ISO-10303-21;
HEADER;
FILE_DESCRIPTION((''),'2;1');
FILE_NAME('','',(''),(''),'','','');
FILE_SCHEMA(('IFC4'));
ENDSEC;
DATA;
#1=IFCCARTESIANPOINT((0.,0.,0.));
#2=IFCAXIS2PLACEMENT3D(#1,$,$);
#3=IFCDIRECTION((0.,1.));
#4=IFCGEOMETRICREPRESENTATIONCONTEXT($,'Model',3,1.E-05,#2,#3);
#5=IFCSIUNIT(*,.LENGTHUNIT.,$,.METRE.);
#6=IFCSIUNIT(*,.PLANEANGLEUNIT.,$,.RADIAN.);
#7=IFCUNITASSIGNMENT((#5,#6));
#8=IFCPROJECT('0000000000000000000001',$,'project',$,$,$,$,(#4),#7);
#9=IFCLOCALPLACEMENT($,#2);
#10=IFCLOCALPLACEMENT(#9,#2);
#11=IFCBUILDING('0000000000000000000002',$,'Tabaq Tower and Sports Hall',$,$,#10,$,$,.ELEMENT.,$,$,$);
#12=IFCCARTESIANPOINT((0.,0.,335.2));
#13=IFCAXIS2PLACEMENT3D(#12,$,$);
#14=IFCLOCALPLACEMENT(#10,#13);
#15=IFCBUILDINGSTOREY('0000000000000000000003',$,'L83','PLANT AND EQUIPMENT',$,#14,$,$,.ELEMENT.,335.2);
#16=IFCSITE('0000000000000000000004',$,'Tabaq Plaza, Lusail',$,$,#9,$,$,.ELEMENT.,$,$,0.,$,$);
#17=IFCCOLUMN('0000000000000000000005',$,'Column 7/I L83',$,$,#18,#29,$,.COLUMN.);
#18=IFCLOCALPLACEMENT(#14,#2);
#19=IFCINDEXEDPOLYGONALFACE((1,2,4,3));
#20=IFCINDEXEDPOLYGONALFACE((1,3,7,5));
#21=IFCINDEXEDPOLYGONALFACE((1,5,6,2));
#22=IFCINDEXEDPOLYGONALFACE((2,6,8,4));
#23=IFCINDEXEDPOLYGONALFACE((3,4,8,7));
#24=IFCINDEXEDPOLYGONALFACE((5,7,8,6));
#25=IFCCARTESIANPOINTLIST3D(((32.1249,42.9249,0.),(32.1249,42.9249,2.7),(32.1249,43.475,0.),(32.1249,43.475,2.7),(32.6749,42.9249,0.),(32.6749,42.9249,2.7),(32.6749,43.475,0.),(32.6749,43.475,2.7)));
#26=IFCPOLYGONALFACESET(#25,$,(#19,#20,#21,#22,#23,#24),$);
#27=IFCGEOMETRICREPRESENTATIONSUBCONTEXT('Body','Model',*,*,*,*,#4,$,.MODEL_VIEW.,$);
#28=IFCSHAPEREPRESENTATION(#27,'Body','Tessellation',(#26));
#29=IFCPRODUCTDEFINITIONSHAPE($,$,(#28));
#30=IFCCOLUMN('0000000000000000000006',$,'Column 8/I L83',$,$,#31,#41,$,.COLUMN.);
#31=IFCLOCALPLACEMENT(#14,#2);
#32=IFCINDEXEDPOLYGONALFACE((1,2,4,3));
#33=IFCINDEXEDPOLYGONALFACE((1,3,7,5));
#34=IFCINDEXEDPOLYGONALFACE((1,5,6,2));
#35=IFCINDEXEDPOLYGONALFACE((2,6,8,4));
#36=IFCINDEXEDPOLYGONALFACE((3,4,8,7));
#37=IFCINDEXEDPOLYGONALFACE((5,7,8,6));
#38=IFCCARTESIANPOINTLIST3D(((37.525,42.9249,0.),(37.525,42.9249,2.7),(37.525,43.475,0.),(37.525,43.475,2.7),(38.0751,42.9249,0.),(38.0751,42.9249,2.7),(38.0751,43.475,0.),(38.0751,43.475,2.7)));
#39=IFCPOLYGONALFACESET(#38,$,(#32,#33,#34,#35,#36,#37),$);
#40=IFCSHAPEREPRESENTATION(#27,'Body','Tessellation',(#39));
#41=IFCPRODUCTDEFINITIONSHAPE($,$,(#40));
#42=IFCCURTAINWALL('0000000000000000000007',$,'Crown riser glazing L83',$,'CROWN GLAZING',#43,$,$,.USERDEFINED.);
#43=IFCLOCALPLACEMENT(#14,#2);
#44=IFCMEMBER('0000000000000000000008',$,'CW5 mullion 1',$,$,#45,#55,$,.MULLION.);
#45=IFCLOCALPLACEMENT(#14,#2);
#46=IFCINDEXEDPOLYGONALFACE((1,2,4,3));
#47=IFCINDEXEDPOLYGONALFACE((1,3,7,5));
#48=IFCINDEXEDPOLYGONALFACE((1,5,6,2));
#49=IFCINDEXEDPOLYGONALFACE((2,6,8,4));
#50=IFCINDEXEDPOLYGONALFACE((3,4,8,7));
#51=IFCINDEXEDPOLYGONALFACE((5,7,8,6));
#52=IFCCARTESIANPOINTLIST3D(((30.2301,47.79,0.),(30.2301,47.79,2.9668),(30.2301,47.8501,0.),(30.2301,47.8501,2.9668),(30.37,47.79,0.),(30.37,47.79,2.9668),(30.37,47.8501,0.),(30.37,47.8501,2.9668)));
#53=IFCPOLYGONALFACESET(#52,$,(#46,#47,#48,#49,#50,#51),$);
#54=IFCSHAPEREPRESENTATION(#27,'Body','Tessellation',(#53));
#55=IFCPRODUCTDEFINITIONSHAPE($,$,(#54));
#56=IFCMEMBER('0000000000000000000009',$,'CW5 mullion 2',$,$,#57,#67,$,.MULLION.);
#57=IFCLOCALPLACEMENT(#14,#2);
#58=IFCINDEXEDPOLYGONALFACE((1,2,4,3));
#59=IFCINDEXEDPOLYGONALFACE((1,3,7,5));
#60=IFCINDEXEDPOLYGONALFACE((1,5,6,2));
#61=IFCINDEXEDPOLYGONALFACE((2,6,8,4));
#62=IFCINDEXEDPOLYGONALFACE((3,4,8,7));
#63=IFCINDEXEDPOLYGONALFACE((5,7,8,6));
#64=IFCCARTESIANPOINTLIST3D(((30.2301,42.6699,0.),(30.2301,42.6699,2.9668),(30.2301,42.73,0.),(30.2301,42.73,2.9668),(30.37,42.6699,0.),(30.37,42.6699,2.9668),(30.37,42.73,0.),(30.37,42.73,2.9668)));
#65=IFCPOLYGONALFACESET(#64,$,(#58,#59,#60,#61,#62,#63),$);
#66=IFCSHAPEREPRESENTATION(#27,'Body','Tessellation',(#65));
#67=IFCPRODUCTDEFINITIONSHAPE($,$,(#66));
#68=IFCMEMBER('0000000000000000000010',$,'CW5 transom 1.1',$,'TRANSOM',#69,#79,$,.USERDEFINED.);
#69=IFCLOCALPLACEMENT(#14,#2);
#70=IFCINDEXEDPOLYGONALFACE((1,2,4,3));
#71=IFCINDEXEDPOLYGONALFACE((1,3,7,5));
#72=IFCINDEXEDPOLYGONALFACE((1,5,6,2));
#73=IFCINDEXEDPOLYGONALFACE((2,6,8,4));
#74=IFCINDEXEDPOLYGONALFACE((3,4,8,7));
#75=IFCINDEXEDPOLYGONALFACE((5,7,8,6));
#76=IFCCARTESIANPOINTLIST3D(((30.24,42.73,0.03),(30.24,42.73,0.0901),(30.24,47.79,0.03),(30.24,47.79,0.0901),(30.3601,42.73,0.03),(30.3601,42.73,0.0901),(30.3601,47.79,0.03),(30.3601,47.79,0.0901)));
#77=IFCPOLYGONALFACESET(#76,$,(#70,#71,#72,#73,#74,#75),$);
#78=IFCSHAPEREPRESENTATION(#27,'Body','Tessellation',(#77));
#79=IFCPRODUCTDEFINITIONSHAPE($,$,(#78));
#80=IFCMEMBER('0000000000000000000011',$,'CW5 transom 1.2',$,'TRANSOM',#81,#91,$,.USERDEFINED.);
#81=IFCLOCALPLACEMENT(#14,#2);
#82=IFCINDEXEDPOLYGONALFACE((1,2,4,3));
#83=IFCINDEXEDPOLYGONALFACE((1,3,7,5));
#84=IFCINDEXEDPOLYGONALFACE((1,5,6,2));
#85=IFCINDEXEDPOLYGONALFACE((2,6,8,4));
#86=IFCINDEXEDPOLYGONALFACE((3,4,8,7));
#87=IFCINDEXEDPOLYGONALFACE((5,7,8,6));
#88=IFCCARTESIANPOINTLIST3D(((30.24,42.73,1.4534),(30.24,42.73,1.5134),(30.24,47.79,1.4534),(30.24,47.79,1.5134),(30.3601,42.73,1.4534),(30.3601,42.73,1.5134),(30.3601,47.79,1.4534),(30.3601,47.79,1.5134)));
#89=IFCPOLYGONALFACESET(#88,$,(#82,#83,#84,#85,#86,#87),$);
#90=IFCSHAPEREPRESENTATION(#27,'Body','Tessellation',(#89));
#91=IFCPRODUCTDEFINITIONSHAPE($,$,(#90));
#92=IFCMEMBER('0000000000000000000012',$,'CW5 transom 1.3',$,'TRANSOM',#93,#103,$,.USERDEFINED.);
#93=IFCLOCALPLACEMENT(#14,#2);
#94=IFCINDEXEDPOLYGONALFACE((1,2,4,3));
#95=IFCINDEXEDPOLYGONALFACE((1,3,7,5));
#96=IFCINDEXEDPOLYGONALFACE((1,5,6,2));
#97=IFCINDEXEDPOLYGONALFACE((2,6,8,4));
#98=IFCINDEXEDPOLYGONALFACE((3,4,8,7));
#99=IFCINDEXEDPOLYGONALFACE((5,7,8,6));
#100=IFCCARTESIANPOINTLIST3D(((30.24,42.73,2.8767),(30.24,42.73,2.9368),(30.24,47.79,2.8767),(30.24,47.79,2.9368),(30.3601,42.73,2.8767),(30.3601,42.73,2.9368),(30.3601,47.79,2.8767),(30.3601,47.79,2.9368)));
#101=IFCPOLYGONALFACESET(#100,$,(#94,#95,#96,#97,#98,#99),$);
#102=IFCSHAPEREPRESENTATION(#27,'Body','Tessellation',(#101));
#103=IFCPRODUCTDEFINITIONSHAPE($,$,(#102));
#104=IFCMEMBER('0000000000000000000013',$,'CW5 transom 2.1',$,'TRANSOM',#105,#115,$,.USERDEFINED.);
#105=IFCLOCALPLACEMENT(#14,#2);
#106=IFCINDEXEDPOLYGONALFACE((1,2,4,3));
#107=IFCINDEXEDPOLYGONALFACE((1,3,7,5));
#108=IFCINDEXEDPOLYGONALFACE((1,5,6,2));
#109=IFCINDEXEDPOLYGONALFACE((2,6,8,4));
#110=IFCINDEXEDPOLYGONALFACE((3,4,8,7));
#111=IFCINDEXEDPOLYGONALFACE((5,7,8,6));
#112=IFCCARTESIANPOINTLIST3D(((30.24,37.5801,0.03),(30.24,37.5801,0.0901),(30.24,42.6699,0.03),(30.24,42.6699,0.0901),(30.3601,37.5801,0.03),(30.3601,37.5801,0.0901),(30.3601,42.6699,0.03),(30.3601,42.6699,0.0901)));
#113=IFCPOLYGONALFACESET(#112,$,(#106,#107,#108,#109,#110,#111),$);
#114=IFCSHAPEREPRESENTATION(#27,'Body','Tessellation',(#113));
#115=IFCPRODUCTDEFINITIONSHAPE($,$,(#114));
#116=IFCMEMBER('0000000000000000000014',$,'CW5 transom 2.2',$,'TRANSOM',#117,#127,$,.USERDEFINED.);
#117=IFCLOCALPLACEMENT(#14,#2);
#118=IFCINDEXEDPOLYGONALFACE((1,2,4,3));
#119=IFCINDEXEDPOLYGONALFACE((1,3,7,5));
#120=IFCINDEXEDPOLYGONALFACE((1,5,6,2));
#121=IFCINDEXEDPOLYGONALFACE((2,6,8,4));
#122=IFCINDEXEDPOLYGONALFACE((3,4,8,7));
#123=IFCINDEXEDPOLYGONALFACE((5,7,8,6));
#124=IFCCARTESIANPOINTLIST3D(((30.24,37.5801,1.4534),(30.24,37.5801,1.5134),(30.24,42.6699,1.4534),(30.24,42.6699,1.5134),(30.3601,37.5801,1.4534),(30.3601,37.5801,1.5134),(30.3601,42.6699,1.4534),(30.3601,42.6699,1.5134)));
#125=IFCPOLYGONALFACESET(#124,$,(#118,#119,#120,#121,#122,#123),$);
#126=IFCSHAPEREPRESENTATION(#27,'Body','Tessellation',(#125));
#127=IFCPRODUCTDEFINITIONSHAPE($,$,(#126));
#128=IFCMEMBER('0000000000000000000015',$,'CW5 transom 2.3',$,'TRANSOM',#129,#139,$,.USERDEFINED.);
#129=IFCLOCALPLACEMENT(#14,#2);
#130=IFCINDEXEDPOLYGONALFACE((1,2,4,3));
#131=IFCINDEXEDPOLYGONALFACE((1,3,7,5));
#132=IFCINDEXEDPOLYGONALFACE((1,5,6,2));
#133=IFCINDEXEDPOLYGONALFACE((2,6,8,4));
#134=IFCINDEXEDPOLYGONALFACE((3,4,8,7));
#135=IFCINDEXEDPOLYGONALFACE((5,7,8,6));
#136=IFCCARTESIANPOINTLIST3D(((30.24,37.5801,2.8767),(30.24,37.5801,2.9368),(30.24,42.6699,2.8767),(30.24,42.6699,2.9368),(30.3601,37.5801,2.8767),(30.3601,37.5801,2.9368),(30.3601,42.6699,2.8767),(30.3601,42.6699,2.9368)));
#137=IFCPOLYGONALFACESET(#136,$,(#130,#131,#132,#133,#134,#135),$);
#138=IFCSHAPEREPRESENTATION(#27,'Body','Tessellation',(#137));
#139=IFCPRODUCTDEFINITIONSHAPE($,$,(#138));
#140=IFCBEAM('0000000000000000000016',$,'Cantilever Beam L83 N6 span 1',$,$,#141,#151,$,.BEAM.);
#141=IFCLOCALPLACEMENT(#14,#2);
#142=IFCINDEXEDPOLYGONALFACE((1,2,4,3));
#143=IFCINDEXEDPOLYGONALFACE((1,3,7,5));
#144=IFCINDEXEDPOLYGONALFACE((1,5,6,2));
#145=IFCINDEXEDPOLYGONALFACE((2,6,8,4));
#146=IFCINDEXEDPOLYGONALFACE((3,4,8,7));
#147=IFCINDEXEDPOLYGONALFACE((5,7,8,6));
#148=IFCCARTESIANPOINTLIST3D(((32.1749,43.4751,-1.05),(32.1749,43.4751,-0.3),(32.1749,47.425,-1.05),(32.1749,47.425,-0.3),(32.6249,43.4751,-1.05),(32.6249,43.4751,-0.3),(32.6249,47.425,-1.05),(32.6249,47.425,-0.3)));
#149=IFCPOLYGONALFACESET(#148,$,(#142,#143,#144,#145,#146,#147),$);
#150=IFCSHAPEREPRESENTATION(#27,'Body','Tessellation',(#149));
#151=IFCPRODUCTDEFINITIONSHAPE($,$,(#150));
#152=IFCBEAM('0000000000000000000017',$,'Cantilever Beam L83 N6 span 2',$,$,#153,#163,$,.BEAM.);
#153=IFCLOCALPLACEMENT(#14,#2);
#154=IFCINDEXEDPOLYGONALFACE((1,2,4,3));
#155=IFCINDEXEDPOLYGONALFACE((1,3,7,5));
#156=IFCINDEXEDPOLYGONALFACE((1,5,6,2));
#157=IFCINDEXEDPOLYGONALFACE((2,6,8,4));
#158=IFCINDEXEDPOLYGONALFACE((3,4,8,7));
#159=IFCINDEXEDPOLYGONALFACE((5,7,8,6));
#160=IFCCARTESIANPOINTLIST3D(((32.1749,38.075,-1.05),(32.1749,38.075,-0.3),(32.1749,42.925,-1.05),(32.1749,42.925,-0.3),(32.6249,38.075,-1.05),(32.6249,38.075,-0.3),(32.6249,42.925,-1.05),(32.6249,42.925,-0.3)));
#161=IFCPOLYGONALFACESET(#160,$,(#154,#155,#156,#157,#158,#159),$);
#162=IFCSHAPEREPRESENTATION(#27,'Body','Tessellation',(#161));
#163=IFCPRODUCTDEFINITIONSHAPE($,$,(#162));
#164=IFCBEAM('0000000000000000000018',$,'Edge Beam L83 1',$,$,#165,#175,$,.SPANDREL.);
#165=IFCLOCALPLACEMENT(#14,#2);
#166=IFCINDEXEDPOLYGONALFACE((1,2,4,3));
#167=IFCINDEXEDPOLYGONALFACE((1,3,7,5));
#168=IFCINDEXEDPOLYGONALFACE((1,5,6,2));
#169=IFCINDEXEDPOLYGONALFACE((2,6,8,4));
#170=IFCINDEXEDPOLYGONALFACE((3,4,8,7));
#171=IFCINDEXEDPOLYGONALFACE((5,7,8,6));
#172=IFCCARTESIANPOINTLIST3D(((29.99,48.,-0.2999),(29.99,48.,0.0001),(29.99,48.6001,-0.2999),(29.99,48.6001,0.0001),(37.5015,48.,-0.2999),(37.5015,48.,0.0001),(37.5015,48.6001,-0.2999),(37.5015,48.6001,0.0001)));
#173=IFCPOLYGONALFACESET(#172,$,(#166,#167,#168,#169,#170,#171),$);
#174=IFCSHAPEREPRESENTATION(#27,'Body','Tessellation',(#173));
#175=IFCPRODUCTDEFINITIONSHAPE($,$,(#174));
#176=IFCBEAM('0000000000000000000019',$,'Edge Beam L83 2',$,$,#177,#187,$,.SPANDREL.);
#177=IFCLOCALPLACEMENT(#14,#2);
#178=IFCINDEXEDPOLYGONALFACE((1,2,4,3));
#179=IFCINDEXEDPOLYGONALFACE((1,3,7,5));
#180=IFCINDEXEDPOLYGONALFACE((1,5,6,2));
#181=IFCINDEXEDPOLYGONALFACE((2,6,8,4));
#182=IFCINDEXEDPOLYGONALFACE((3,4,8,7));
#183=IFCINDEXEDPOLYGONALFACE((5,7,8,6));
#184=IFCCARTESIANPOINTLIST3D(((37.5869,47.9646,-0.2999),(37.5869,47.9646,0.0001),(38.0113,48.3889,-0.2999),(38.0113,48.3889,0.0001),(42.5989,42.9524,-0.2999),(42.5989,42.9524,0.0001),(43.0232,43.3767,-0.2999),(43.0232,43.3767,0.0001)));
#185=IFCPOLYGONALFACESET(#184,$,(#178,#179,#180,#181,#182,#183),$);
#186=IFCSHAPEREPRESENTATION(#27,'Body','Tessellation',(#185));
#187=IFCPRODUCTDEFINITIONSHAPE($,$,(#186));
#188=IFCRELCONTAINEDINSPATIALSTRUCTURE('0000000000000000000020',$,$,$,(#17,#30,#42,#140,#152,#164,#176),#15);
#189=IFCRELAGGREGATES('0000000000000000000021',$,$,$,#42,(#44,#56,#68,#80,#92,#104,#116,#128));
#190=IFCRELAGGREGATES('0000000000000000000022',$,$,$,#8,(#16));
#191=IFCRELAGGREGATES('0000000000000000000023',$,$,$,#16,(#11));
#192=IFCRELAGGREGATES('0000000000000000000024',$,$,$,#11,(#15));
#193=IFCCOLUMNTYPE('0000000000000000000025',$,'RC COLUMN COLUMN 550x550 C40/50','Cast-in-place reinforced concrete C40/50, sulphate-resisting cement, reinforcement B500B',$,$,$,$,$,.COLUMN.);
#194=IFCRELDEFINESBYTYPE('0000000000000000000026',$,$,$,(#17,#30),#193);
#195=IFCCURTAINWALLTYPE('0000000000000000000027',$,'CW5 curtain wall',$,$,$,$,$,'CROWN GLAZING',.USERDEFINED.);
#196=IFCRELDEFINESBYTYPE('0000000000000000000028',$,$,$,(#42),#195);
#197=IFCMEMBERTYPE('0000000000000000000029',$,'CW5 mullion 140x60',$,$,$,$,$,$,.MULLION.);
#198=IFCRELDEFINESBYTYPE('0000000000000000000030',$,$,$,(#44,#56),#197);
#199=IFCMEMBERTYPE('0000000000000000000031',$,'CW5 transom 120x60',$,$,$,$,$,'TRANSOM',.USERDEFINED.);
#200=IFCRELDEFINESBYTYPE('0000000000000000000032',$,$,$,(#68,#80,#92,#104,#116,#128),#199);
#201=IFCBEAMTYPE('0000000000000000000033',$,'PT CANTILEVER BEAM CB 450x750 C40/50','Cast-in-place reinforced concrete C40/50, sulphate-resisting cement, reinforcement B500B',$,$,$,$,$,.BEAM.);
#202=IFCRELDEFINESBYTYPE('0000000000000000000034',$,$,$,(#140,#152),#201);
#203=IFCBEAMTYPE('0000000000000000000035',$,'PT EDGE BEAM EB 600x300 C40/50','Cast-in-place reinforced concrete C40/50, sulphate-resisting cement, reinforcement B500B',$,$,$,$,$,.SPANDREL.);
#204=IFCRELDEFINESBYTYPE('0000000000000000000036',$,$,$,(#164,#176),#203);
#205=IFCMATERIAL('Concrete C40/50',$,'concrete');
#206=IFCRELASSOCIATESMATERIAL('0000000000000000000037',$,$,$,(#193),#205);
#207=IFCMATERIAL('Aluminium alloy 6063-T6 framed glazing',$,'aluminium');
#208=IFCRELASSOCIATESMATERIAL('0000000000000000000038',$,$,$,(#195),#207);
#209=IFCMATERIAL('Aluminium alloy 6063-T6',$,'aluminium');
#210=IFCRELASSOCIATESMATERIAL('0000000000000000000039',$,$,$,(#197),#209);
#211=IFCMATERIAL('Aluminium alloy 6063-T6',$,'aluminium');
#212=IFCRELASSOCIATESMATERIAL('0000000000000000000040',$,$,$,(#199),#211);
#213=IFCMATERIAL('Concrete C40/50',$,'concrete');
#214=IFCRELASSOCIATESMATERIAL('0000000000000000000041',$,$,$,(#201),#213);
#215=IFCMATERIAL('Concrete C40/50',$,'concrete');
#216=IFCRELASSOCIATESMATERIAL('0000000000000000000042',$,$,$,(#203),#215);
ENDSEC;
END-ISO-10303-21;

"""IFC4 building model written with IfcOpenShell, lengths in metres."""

from ifc_helpers import new_model, si_unit, direction, frame, origin, origin_2d, place, context, subcontext, project, spatial, rectangle, extrude, material, material_profile, profile_set, type_object, element, aggregate, save


model = new_model("IFC4")

# Units and contexts
model_context = context("Model", 3, precision=1e-05, world=origin(), true_north=direction((0.0, 1.0)))
body_context = subcontext(model_context, "Body", "Model", "MODEL_VIEW")
ifc_project = project(units=[si_unit("LENGTHUNIT", "METRE"), si_unit("PLANEANGLEUNIT", "RADIAN")], contexts=[model_context])

# Site, building, storey
site_placement = place(None, origin())
site = spatial("IfcSite", under=ifc_project, at=site_placement, Name="Tabaq Plaza, Lusail", CompositionType="ELEMENT", RefElevation=0.0)
building_placement = place(site_placement, origin())
building = spatial("IfcBuilding", under=site, at=building_placement, Name="Tabaq Tower and Sports Hall", CompositionType="ELEMENT")
storey_placement = place(building_placement, frame((0.0, 0.0, 335.2)))
storey = spatial("IfcBuildingStorey", under=building, at=storey_placement, Name="L83", Description="PLANT AND EQUIPMENT", CompositionType="ELEMENT", Elevation=335.2)

# Columns
ifc_material_1 = material(Name="Concrete C40/50", Category="concrete")
ifc_material_profile_1 = material_profile(ifc_material_1, rectangle(XDim=0.55, YDim=0.55, at=origin_2d()), Name="COLUMN 550x550")
ifc_profile_set_1 = profile_set([ifc_material_profile_1], Name="Concrete C40/50")
column_type = type_object("IfcColumnType", Name="RC COLUMN COLUMN 550x550 C40/50", Description="Cast-in-place reinforced concrete C40/50, sulphate-resisting cement, reinforcement B500B", PredefinedType="COLUMN", material=ifc_profile_set_1)
for number, where, z_axis, x_axis, name in (
    (1, (32.3999, 43.2, 0.0), (0.0, 0.0, 1.0), (1.0, 0.0, 0.0), "Column 7/I L83"),
    (2, (37.8, 43.2, 0.0), (0.0, 0.0, 1.0), (1.0, 0.0, 0.0), "Column 8/I L83"),
):
    element("IfcColumn", number, at=place(storey_placement, frame(where, z_axis=z_axis, x_axis=x_axis)), inside=storey, type_object=column_type, Name=name, PredefinedType="COLUMN", context=body_context, shape_type="SweptSolid", body=[
        extrude(rectangle(XDim=0.55, YDim=0.55, at=origin_2d()), origin(), (0.0, 0.0, 1.0), 2.7),
    ])

# Curtain wall, members
ifc_material_2 = material(Name="Aluminium alloy 6063-T6 framed glazing", Category="aluminium")
curtain_wall_type = type_object("IfcCurtainWallType", Name="CW5 curtain wall", ElementType="CROWN GLAZING", PredefinedType="USERDEFINED", material=ifc_material_2)
curtain_wall_placement = place(storey_placement, origin())
curtain_wall = element("IfcCurtainWall", 3, at=curtain_wall_placement, inside=storey, type_object=curtain_wall_type, Name="Crown riser glazing L83", ObjectType="CROWN GLAZING", PredefinedType="USERDEFINED")
ifc_material_3 = material(Name="Aluminium alloy 6063-T6", Category="aluminium")
ifc_material_profile_2 = material_profile(ifc_material_3, rectangle(XDim=0.1399, YDim=0.0601, at=origin_2d()), Name="MULLION 140x60")
ifc_profile_set_2 = profile_set([ifc_material_profile_2], Name="Aluminium alloy 6063-T6")
member_type_1 = type_object("IfcMemberType", Name="CW5 mullion 140x60", PredefinedType="MULLION", material=ifc_profile_set_2)
member_1_placement = place(storey_placement, frame((30.3, 47.8201, 0.0), z_axis=(0.0, 0.0, 1.0), x_axis=(1.0, 0.0, 0.0)))
member_1 = element("IfcMember", 4, at=member_1_placement, type_object=member_type_1, Name="CW5 mullion 1", PredefinedType="MULLION", context=body_context, shape_type="SweptSolid", body=[
    extrude(rectangle(XDim=0.1399, YDim=0.0601, at=origin_2d()), origin(), (0.0, 0.0, 1.0), 2.9668),
])
member_2_placement = place(storey_placement, frame((30.3, 42.7, 0.0), z_axis=(0.0, 0.0, 1.0), x_axis=(1.0, 0.0, 0.0)))
member_2 = element("IfcMember", 5, at=member_2_placement, type_object=member_type_1, Name="CW5 mullion 2", PredefinedType="MULLION", context=body_context, shape_type="SweptSolid", body=[
    extrude(rectangle(XDim=0.1399, YDim=0.0601, at=origin_2d()), origin(), (0.0, 0.0, 1.0), 2.9668),
])
ifc_material_4 = material(Name="Aluminium alloy 6063-T6", Category="aluminium")
ifc_material_profile_3 = material_profile(ifc_material_4, rectangle(XDim=0.1201, YDim=0.0601, at=origin_2d()), Name="TRANSOM 120x60")
ifc_profile_set_3 = profile_set([ifc_material_profile_3], Name="Aluminium alloy 6063-T6")
member_type_2 = type_object("IfcMemberType", Name="CW5 transom 120x60", ElementType="TRANSOM", PredefinedType="USERDEFINED", material=ifc_profile_set_3)
member_3_placement = place(storey_placement, frame((30.3, 47.79, 0.0601), z_axis=(0.0, -1.0, 0.0), x_axis=(1.0, 0.0, 0.0)))
member_3 = element("IfcMember", 6, at=member_3_placement, type_object=member_type_2, Name="CW5 transom 1.1", ObjectType="TRANSOM", PredefinedType="USERDEFINED", context=body_context, shape_type="SweptSolid", body=[
    extrude(rectangle(XDim=0.1201, YDim=0.0601, at=origin_2d()), origin(), (0.0, 0.0, 1.0), 5.0601),
])
member_4_placement = place(storey_placement, frame((30.3, 47.79, 1.4834), z_axis=(0.0, -1.0, 0.0), x_axis=(1.0, 0.0, 0.0)))
member_4 = element("IfcMember", 7, at=member_4_placement, type_object=member_type_2, Name="CW5 transom 1.2", ObjectType="TRANSOM", PredefinedType="USERDEFINED", context=body_context, shape_type="SweptSolid", body=[
    extrude(rectangle(XDim=0.1201, YDim=0.0601, at=origin_2d()), origin(), (0.0, 0.0, 1.0), 5.0601),
])
member_5_placement = place(storey_placement, frame((30.3, 47.79, 2.9067), z_axis=(0.0, -1.0, 0.0), x_axis=(1.0, 0.0, 0.0)))
member_5 = element("IfcMember", 8, at=member_5_placement, type_object=member_type_2, Name="CW5 transom 1.3", ObjectType="TRANSOM", PredefinedType="USERDEFINED", context=body_context, shape_type="SweptSolid", body=[
    extrude(rectangle(XDim=0.1201, YDim=0.0601, at=origin_2d()), origin(), (0.0, 0.0, 1.0), 5.0601),
])
member_6_placement = place(storey_placement, frame((30.3, 42.6699, 0.0601), z_axis=(0.0, -1.0, 0.0), x_axis=(1.0, 0.0, 0.0)))
member_6 = element("IfcMember", 9, at=member_6_placement, type_object=member_type_2, Name="CW5 transom 2.1", ObjectType="TRANSOM", PredefinedType="USERDEFINED", context=body_context, shape_type="SweptSolid", body=[
    extrude(rectangle(XDim=0.1201, YDim=0.0601, at=origin_2d()), origin(), (0.0, 0.0, 1.0), 5.0898),
])
member_7_placement = place(storey_placement, frame((30.3, 42.6699, 1.4834), z_axis=(0.0, -1.0, 0.0), x_axis=(1.0, 0.0, 0.0)))
member_7 = element("IfcMember", 10, at=member_7_placement, type_object=member_type_2, Name="CW5 transom 2.2", ObjectType="TRANSOM", PredefinedType="USERDEFINED", context=body_context, shape_type="SweptSolid", body=[
    extrude(rectangle(XDim=0.1201, YDim=0.0601, at=origin_2d()), origin(), (0.0, 0.0, 1.0), 5.0898),
])
member_8_placement = place(storey_placement, frame((30.3, 42.6699, 2.9067), z_axis=(0.0, -1.0, 0.0), x_axis=(1.0, 0.0, 0.0)))
member_8 = element("IfcMember", 11, at=member_8_placement, type_object=member_type_2, Name="CW5 transom 2.3", ObjectType="TRANSOM", PredefinedType="USERDEFINED", context=body_context, shape_type="SweptSolid", body=[
    extrude(rectangle(XDim=0.1201, YDim=0.0601, at=origin_2d()), origin(), (0.0, 0.0, 1.0), 5.0898),
])

# Beams
ifc_material_5 = material(Name="Concrete C40/50", Category="concrete")
ifc_material_profile_4 = material_profile(ifc_material_5, rectangle(XDim=0.45, YDim=0.75, at=origin_2d()), Name="CB 450x750")
ifc_profile_set_4 = profile_set([ifc_material_profile_4], Name="Concrete C40/50")
beam_type_1 = type_object("IfcBeamType", Name="PT CANTILEVER BEAM CB 450x750 C40/50", Description="Cast-in-place reinforced concrete C40/50, sulphate-resisting cement, reinforcement B500B", PredefinedType="BEAM", material=ifc_profile_set_4)
beam_1_placement = place(storey_placement, frame((32.3999, 47.425, -0.675), z_axis=(0.0, -1.0, 0.0), x_axis=(1.0, 0.0, 0.0)))
element("IfcBeam", 12, at=beam_1_placement, inside=storey, type_object=beam_type_1, Name="Cantilever Beam L83 N6 span 1", PredefinedType="BEAM", context=body_context, shape_type="SweptSolid", body=[
    extrude(rectangle(XDim=0.45, YDim=0.75, at=origin_2d()), origin(), (0.0, 0.0, 1.0), 3.95),
])
beam_2_placement = place(storey_placement, frame((32.3999, 42.925, -0.675), z_axis=(0.0, -1.0, 0.0), x_axis=(1.0, 0.0, 0.0)))
element("IfcBeam", 13, at=beam_2_placement, inside=storey, type_object=beam_type_1, Name="Cantilever Beam L83 N6 span 2", PredefinedType="BEAM", context=body_context, shape_type="SweptSolid", body=[
    extrude(rectangle(XDim=0.45, YDim=0.75, at=origin_2d()), origin(), (0.0, 0.0, 1.0), 4.8501),
])
ifc_material_6 = material(Name="Concrete C40/50", Category="concrete")
ifc_material_profile_5 = material_profile(ifc_material_6, rectangle(XDim=0.6001, YDim=0.3, at=origin_2d()), Name="EB 600x300")
ifc_profile_set_5 = profile_set([ifc_material_profile_5], Name="Concrete C40/50")
beam_type_2 = type_object("IfcBeamType", Name="PT EDGE BEAM EB 600x300 C40/50", Description="Cast-in-place reinforced concrete C40/50, sulphate-resisting cement, reinforcement B500B", PredefinedType="SPANDREL", material=ifc_profile_set_5)
beam_3_placement = place(storey_placement, frame((37.5015, 48.3, -0.1499), z_axis=(-1.0, 0.0, 0.0), x_axis=(0.0, -1.0, 0.0)))
element("IfcBeam", 14, at=beam_3_placement, inside=storey, type_object=beam_type_2, Name="Edge Beam L83 1", PredefinedType="SPANDREL", context=body_context, shape_type="SweptSolid", body=[
    extrude(rectangle(XDim=0.6001, YDim=0.3, at=origin_2d()), origin(), (0.0, 0.0, 1.0), 7.5115),
])
beam_4_placement = place(storey_placement, frame((42.811, 43.1646, -0.1499), z_axis=(-0.70709, 0.707124, 0.0), x_axis=(-0.707124, -0.70709, 0.0)))
element("IfcBeam", 15, at=beam_4_placement, inside=storey, type_object=beam_type_2, Name="Edge Beam L83 2", PredefinedType="SPANDREL", context=body_context, shape_type="SweptSolid", body=[
    extrude(rectangle(XDim=0.6001, YDim=0.3, at=origin_2d()), origin(), (0.0, 0.0, 1.0), 7.0881),
])

aggregate(curtain_wall, [member_1, member_2, member_3, member_4, member_5, member_6, member_7, member_8])

save(model, "model.ifc")
